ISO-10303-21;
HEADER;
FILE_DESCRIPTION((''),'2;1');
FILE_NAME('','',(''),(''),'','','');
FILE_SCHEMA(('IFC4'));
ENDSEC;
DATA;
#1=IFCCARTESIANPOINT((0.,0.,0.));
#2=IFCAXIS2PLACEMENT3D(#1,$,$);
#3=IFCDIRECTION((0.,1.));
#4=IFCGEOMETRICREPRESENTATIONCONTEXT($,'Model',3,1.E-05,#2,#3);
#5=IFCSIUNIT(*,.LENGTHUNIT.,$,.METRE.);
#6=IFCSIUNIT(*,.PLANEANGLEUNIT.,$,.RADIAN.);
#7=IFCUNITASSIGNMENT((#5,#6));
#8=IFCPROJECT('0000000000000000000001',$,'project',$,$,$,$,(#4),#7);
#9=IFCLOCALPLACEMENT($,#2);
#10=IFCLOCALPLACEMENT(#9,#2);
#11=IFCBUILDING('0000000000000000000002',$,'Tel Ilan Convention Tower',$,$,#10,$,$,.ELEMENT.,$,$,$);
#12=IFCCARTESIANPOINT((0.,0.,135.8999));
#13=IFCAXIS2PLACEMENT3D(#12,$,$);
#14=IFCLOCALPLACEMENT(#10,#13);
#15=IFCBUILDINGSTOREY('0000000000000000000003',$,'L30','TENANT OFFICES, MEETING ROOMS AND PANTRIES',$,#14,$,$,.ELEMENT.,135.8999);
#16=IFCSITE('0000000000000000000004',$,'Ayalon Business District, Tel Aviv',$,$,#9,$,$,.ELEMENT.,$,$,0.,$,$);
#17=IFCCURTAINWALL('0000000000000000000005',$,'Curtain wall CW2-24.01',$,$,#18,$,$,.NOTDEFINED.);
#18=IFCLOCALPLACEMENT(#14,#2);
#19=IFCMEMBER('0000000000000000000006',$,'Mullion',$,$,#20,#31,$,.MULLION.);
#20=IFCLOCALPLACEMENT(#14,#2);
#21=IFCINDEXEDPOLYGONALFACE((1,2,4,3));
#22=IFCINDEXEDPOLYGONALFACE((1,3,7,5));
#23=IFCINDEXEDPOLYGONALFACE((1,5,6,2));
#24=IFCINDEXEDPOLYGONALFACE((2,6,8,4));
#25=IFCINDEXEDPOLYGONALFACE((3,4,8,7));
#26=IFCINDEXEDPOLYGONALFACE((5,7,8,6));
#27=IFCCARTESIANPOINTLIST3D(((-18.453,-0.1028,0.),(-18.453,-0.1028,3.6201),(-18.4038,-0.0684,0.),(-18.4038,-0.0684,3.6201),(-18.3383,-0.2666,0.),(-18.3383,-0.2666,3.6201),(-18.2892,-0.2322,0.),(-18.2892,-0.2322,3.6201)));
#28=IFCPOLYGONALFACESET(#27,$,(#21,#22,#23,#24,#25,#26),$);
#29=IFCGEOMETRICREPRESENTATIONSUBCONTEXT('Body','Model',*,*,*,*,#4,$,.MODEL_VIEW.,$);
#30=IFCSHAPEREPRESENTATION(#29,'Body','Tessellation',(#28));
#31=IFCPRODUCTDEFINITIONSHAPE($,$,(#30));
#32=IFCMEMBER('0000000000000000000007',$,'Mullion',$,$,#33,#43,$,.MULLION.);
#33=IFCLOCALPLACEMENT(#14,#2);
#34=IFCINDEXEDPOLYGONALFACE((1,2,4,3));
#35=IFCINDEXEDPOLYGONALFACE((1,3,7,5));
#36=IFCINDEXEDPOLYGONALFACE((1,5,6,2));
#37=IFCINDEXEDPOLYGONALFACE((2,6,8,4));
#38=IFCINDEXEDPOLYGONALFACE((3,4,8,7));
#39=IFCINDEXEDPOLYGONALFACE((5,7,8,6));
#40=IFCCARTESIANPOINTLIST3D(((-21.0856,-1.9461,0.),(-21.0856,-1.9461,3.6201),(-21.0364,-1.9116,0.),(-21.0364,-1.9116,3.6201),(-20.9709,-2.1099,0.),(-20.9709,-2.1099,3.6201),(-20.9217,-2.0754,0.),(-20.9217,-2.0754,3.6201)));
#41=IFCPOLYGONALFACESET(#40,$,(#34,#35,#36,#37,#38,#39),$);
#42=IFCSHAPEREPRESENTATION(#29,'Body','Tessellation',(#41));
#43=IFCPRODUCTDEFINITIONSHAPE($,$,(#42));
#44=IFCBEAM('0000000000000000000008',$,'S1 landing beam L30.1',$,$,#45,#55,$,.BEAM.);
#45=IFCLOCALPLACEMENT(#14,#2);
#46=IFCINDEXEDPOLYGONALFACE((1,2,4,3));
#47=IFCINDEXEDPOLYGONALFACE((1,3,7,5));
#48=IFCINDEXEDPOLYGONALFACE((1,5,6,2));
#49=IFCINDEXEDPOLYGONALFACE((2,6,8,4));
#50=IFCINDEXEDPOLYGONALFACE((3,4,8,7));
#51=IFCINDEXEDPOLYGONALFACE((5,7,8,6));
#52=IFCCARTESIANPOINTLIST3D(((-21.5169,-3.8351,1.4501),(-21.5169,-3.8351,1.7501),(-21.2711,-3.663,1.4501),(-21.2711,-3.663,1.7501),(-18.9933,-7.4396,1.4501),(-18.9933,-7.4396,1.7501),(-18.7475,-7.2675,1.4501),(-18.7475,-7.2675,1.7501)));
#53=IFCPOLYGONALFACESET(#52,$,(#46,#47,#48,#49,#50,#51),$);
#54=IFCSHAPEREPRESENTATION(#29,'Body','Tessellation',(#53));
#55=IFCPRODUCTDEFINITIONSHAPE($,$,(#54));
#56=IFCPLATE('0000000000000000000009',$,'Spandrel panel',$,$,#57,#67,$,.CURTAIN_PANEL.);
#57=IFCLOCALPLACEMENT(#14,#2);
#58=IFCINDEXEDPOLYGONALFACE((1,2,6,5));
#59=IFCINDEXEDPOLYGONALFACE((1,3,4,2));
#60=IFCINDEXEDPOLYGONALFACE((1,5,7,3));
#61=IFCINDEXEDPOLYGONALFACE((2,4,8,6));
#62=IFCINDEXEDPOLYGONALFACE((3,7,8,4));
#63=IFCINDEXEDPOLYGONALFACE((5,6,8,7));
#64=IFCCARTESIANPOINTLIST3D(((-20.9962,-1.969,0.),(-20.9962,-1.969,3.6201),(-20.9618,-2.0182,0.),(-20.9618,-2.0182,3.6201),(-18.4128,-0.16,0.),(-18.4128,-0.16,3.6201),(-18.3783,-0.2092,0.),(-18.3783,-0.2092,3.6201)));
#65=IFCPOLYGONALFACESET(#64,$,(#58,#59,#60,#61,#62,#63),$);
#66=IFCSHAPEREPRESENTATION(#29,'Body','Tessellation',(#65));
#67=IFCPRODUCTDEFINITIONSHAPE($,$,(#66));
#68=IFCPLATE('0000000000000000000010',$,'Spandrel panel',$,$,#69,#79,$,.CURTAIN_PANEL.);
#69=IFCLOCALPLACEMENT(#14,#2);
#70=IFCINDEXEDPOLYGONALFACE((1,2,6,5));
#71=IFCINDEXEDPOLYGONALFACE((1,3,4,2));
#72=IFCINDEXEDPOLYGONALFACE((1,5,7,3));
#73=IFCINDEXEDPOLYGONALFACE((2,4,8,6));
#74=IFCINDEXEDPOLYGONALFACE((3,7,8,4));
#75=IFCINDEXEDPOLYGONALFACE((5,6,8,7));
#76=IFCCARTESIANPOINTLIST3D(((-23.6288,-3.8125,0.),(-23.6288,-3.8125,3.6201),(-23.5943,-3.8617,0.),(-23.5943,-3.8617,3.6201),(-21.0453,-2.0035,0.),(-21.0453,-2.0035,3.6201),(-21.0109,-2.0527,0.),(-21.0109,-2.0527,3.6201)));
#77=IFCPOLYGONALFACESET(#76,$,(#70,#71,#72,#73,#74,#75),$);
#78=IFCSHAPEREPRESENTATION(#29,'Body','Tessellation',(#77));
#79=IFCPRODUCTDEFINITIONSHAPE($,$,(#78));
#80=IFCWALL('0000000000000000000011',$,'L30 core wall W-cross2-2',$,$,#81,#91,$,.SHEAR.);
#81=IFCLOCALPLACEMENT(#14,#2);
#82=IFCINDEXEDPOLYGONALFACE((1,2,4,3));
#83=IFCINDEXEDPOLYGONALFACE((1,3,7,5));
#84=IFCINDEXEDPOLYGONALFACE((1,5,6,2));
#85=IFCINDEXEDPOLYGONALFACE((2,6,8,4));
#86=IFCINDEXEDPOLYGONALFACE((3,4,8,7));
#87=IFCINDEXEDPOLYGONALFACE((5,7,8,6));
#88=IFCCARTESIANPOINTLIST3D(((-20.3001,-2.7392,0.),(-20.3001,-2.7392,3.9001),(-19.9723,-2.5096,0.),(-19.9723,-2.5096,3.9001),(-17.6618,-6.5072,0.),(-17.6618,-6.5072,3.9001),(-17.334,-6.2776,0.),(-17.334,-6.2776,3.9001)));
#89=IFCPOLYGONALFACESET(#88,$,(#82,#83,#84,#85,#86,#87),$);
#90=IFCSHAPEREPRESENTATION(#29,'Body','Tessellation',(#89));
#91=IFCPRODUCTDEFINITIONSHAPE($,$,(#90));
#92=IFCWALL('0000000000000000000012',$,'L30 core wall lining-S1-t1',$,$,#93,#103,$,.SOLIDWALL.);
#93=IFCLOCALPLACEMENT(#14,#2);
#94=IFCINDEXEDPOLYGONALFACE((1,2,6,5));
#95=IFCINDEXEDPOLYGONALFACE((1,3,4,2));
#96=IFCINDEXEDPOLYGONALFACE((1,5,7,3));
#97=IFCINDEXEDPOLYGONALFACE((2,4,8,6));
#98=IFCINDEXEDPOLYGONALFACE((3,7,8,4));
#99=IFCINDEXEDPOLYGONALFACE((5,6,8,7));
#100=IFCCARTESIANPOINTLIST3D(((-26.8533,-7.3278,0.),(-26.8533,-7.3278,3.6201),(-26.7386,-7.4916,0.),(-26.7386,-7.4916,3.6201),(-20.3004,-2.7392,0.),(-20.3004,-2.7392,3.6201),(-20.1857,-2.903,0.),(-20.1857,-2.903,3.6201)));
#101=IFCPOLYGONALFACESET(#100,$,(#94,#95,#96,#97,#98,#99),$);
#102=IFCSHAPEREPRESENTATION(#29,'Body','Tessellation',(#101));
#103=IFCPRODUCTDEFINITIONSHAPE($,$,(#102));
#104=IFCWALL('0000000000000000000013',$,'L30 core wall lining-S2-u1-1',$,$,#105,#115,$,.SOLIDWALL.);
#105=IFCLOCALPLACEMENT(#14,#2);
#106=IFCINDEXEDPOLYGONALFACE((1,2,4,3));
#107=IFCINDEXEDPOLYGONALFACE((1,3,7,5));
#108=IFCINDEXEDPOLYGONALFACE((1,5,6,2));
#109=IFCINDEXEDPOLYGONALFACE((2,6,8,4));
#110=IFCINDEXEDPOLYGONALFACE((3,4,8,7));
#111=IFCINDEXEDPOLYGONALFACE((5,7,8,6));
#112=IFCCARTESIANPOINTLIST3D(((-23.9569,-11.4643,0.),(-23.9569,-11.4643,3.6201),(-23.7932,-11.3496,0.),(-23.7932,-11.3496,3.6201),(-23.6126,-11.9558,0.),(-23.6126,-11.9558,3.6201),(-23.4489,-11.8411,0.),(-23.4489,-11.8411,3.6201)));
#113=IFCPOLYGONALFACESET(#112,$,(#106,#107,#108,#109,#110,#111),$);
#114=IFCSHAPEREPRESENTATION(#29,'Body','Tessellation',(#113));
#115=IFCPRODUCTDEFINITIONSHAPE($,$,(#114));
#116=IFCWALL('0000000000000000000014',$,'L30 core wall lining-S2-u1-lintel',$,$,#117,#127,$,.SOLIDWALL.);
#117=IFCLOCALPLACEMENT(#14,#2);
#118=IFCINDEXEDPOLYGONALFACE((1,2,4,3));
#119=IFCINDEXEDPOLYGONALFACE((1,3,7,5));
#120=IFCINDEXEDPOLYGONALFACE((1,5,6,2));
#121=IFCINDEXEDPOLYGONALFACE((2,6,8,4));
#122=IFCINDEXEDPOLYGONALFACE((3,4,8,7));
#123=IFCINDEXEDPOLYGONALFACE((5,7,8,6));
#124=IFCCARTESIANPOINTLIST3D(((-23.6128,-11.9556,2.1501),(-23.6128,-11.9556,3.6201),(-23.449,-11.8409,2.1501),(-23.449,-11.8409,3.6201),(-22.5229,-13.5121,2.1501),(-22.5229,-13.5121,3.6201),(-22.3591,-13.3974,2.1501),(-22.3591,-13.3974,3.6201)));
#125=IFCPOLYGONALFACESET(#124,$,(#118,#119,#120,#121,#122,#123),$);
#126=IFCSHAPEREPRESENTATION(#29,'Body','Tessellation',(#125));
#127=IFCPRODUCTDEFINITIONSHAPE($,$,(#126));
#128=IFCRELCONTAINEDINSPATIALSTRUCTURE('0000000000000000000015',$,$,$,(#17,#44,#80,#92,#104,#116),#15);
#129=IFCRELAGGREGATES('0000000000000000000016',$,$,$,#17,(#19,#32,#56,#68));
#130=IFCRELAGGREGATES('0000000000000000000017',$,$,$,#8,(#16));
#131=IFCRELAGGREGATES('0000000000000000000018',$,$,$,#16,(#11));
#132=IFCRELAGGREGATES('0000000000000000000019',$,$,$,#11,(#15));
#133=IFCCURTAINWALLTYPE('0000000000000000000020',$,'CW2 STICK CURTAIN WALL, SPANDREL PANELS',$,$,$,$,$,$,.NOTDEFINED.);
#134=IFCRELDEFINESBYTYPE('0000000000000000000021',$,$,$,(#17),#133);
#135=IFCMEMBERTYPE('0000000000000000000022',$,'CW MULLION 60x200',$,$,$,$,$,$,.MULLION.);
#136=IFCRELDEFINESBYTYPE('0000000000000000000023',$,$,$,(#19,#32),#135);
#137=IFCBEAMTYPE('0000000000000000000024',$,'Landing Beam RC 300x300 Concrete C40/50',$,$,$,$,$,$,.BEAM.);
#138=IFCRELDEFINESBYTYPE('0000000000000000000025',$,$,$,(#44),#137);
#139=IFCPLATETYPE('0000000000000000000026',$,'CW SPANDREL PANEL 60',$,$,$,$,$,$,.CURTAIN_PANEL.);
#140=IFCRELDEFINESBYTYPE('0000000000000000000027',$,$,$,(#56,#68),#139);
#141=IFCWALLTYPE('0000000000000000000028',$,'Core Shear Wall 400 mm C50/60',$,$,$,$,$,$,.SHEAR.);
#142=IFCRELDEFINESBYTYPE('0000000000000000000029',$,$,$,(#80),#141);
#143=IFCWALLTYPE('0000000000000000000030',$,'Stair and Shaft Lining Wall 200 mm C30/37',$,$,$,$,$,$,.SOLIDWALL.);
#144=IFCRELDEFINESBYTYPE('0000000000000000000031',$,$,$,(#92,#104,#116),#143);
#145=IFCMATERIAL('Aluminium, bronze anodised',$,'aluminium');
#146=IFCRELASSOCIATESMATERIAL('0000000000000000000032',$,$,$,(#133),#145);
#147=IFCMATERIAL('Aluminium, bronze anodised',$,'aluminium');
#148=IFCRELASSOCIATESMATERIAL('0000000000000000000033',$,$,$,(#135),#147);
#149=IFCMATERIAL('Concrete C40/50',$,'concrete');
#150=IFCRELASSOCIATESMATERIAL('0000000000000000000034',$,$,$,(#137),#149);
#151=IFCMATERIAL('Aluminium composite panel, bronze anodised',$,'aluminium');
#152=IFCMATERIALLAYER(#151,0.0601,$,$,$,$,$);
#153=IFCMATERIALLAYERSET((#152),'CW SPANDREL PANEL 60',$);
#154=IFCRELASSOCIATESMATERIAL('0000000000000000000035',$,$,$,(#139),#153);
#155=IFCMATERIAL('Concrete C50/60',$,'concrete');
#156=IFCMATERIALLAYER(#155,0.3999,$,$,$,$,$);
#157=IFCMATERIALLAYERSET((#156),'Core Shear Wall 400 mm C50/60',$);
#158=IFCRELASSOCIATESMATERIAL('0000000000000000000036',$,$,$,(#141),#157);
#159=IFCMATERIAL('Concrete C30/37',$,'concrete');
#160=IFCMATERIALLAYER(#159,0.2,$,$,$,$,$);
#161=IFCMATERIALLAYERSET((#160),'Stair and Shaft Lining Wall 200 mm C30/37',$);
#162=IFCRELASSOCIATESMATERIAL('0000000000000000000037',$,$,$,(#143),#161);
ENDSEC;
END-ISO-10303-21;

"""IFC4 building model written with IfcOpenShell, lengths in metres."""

from ifc_helpers import new_model, si_unit, direction, frame, frame_2d, origin, origin_2d, place, context, subcontext, project, spatial, polyline, rectangle, outline, extrude, material, layer, layer_set, material_profile, profile_set, type_object, element, aggregate, save


model = new_model("IFC4")

# Units and contexts
model_context = context("Model", 3, precision=1e-05, world=origin(), true_north=direction((0.0, 1.0)))
body_context = subcontext(model_context, "Body", "Model", "MODEL_VIEW")
ifc_project = project(units=[si_unit("LENGTHUNIT", "METRE"), si_unit("PLANEANGLEUNIT", "RADIAN")], contexts=[model_context])

# Site, building, storey
site_placement = place(None, origin())
site = spatial("IfcSite", under=ifc_project, at=site_placement, Name="Ayalon Business District, Tel Aviv", CompositionType="ELEMENT", RefElevation=0.0)
building_placement = place(site_placement, origin())
building = spatial("IfcBuilding", under=site, at=building_placement, Name="Tel Ilan Convention Tower", CompositionType="ELEMENT")
storey_placement = place(building_placement, frame((0.0, 0.0, 135.8999)))
storey = spatial("IfcBuildingStorey", under=building, at=storey_placement, Name="L30", Description="TENANT OFFICES, MEETING ROOMS AND PANTRIES", CompositionType="ELEMENT", Elevation=135.8999)

# Curtain wall, members
ifc_material_1 = material(Name="Aluminium, bronze anodised", Category="aluminium")
curtain_wall_type = type_object("IfcCurtainWallType", Name="CW2 STICK CURTAIN WALL, SPANDREL PANELS", PredefinedType="NOTDEFINED", material=ifc_material_1)
curtain_wall_placement = place(storey_placement, origin())
curtain_wall = element("IfcCurtainWall", 1, at=curtain_wall_placement, inside=storey, type_object=curtain_wall_type, Name="Curtain wall CW2-24.01", PredefinedType="NOTDEFINED")
ifc_material_2 = material(Name="Aluminium, bronze anodised", Category="aluminium")
ifc_material_profile_1 = material_profile(ifc_material_2, rectangle(XDim=0.0601, YDim=0.2, at=origin_2d()), Name="CW MULLION 60x200")
ifc_profile_set_1 = profile_set([ifc_material_profile_1], Name="Aluminium, bronze anodised")
member_type = type_object("IfcMemberType", Name="CW MULLION 60x200", PredefinedType="MULLION", material=ifc_profile_set_1)
member_1_placement = place(storey_placement, frame((-18.3711, -0.1675, 0.0), z_axis=(0.0, 0.0, 1.0), x_axis=(-0.819152, -0.573576, 0.0)))
member_1 = element("IfcMember", 2, at=member_1_placement, type_object=member_type, Name="Mullion", PredefinedType="MULLION", context=body_context, shape_type="SweptSolid", body=[
    extrude(rectangle(XDim=0.0601, YDim=0.2, at=origin_2d()), origin(), (0.0, 0.0, 1.0), 3.6201),
])
member_2_placement = place(storey_placement, frame((-21.0037, -2.0107, 0.0), z_axis=(0.0, 0.0, 1.0), x_axis=(-0.819152, -0.573576, 0.0)))
member_2 = element("IfcMember", 3, at=member_2_placement, type_object=member_type, Name="Mullion", PredefinedType="MULLION", context=body_context, shape_type="SweptSolid", body=[
    extrude(rectangle(XDim=0.0601, YDim=0.2, at=origin_2d()), origin(), (0.0, 0.0, 1.0), 3.6201),
])

# Beam
ifc_material_3 = material(Name="Concrete C40/50", Category="concrete")
ifc_material_profile_2 = material_profile(ifc_material_3, rectangle(XDim=0.3, YDim=0.3, at=origin_2d()), Name="RC 300x300")
ifc_profile_set_2 = profile_set([ifc_material_profile_2], Name="Concrete C40/50")
beam_type = type_object("IfcBeamType", Name="Landing Beam RC 300x300 Concrete C40/50", PredefinedType="BEAM", material=ifc_profile_set_2)
beam_placement = place(storey_placement, frame((-18.8704, -7.3535, 1.6001), z_axis=(-0.573544, 0.819175, 0.0), x_axis=(-0.819175, -0.573544, 0.0)))
element("IfcBeam", 4, at=beam_placement, inside=storey, type_object=beam_type, Name="S1 landing beam L30.1", PredefinedType="BEAM", context=body_context, shape_type="SweptSolid", body=[
    extrude(rectangle(XDim=0.3, YDim=0.3, at=origin_2d()), origin(), (0.0, 0.0, 1.0), 4.4001),
])

# Plates
ifc_material_4 = material(Name="Aluminium composite panel, bronze anodised", Category="aluminium")
ifc_layer_1 = layer(ifc_material_4, 0.0601)
ifc_layer_set_1 = layer_set([ifc_layer_1], Name="CW SPANDREL PANEL 60")
plate_type = type_object("IfcPlateType", Name="CW SPANDREL PANEL 60", PredefinedType="CURTAIN_PANEL", material=ifc_layer_set_1)
plate_1_placement = place(storey_placement, frame((-19.6873, -1.0891, 0.0), z_axis=(0.0, 0.0, 1.0), x_axis=(-0.819152, -0.573576, 0.0)))
plate_1 = element("IfcPlate", 5, at=plate_1_placement, type_object=plate_type, Name="Spandrel panel", PredefinedType="CURTAIN_PANEL", context=body_context, shape_type="SweptSolid", body=[
    extrude(rectangle(XDim=3.1538, YDim=0.0601, at=origin_2d()), origin(), (0.0, 0.0, 1.0), 3.6201),
])
plate_2_placement = place(storey_placement, frame((-22.3198, -2.9326, 0.0), z_axis=(0.0, 0.0, 1.0), x_axis=(-0.819152, -0.573576, 0.0)))
plate_2 = element("IfcPlate", 6, at=plate_2_placement, type_object=plate_type, Name="Spandrel panel", PredefinedType="CURTAIN_PANEL", context=body_context, shape_type="SweptSolid", body=[
    extrude(rectangle(XDim=3.1538, YDim=0.0601, at=origin_2d()), origin(), (0.0, 0.0, 1.0), 3.6201),
])
aggregate(curtain_wall, [member_1, member_2, plate_1, plate_2])

# Walls
ifc_material_5 = material(Name="Concrete C50/60", Category="concrete")
ifc_layer_2 = layer(ifc_material_5, 0.3999)
ifc_layer_set_2 = layer_set([ifc_layer_2], Name="Core Shear Wall 400 mm C50/60")
wall_type_1 = type_object("IfcWallType", Name="Core Shear Wall 400 mm C50/60", PredefinedType="SHEAR", material=ifc_layer_set_2)
wall_1_placement = place(storey_placement, frame((-17.4978, -6.3923, 0.0), z_axis=(0.0, 0.0, 1.0), x_axis=(-0.573612, 0.819127, 0.0)))
element("IfcWall", 7, at=wall_1_placement, inside=storey, type_object=wall_type_1, Name="L30 core wall W-cross2-2", PredefinedType="SHEAR", context=body_context, shape_type="SweptSolid", body=[
    extrude(outline(polyline([(4.5999, -0.2002), (4.5999, 0.2), (0.0, 0.2002), (0.0, -0.2), (4.5999, -0.2002)])), origin(), (0.0, 0.0, 1.0), 3.9001),
])
ifc_material_6 = material(Name="Concrete C30/37", Category="concrete")
ifc_layer_3 = layer(ifc_material_6, 0.2)
ifc_layer_set_3 = layer_set([ifc_layer_3], Name="Stair and Shaft Lining Wall 200 mm C30/37")
wall_type_2 = type_object("IfcWallType", Name="Stair and Shaft Lining Wall 200 mm C30/37", PredefinedType="SOLIDWALL", material=ifc_layer_set_3)
wall_2_placement = place(storey_placement, frame((-20.2429, -2.821, 0.0), z_axis=(0.0, 0.0, 1.0), x_axis=(-0.819142, -0.573591, 0.0)))
element("IfcWall", 8, at=wall_2_placement, inside=storey, type_object=wall_type_2, Name="L30 core wall lining-S1-t1", PredefinedType="SOLIDWALL", context=body_context, shape_type="SweptSolid", body=[
    extrude(rectangle(XDim=7.9998, YDim=0.2, at=frame_2d((4.0, 0.0))), origin(), (0.0, 0.0, 1.0), 3.6201),
])
wall_3_placement = place(storey_placement, frame((-23.5308, -11.8984, 0.0), z_axis=(0.0, 0.0, 1.0), x_axis=(-0.573708, 0.81906, 0.0)))
element("IfcWall", 9, at=wall_3_placement, inside=storey, type_object=wall_type_2, Name="L30 core wall lining-S2-u1-1", PredefinedType="SOLIDWALL", context=body_context, shape_type="SweptSolid", body=[
    extrude(rectangle(XDim=0.6001, YDim=0.2, at=frame_2d((0.3, 0.0))), origin(), (0.0, 0.0, 1.0), 3.6201),
])
wall_4_placement = place(storey_placement, frame((-22.4409, -13.4548, 2.1501), z_axis=(0.0, 0.0, 1.0), x_axis=(-0.573592, 0.819141, 0.0)))
element("IfcWall", 10, at=wall_4_placement, inside=storey, type_object=wall_type_2, Name="L30 core wall lining-S2-u1-lintel", PredefinedType="SOLIDWALL", context=body_context, shape_type="SweptSolid", body=[
    extrude(rectangle(XDim=1.9001, YDim=0.2, at=frame_2d((0.9502, 0.0))), origin(), (0.0, 0.0, 1.0), 1.47),
])

save(model, "model.ifc")
